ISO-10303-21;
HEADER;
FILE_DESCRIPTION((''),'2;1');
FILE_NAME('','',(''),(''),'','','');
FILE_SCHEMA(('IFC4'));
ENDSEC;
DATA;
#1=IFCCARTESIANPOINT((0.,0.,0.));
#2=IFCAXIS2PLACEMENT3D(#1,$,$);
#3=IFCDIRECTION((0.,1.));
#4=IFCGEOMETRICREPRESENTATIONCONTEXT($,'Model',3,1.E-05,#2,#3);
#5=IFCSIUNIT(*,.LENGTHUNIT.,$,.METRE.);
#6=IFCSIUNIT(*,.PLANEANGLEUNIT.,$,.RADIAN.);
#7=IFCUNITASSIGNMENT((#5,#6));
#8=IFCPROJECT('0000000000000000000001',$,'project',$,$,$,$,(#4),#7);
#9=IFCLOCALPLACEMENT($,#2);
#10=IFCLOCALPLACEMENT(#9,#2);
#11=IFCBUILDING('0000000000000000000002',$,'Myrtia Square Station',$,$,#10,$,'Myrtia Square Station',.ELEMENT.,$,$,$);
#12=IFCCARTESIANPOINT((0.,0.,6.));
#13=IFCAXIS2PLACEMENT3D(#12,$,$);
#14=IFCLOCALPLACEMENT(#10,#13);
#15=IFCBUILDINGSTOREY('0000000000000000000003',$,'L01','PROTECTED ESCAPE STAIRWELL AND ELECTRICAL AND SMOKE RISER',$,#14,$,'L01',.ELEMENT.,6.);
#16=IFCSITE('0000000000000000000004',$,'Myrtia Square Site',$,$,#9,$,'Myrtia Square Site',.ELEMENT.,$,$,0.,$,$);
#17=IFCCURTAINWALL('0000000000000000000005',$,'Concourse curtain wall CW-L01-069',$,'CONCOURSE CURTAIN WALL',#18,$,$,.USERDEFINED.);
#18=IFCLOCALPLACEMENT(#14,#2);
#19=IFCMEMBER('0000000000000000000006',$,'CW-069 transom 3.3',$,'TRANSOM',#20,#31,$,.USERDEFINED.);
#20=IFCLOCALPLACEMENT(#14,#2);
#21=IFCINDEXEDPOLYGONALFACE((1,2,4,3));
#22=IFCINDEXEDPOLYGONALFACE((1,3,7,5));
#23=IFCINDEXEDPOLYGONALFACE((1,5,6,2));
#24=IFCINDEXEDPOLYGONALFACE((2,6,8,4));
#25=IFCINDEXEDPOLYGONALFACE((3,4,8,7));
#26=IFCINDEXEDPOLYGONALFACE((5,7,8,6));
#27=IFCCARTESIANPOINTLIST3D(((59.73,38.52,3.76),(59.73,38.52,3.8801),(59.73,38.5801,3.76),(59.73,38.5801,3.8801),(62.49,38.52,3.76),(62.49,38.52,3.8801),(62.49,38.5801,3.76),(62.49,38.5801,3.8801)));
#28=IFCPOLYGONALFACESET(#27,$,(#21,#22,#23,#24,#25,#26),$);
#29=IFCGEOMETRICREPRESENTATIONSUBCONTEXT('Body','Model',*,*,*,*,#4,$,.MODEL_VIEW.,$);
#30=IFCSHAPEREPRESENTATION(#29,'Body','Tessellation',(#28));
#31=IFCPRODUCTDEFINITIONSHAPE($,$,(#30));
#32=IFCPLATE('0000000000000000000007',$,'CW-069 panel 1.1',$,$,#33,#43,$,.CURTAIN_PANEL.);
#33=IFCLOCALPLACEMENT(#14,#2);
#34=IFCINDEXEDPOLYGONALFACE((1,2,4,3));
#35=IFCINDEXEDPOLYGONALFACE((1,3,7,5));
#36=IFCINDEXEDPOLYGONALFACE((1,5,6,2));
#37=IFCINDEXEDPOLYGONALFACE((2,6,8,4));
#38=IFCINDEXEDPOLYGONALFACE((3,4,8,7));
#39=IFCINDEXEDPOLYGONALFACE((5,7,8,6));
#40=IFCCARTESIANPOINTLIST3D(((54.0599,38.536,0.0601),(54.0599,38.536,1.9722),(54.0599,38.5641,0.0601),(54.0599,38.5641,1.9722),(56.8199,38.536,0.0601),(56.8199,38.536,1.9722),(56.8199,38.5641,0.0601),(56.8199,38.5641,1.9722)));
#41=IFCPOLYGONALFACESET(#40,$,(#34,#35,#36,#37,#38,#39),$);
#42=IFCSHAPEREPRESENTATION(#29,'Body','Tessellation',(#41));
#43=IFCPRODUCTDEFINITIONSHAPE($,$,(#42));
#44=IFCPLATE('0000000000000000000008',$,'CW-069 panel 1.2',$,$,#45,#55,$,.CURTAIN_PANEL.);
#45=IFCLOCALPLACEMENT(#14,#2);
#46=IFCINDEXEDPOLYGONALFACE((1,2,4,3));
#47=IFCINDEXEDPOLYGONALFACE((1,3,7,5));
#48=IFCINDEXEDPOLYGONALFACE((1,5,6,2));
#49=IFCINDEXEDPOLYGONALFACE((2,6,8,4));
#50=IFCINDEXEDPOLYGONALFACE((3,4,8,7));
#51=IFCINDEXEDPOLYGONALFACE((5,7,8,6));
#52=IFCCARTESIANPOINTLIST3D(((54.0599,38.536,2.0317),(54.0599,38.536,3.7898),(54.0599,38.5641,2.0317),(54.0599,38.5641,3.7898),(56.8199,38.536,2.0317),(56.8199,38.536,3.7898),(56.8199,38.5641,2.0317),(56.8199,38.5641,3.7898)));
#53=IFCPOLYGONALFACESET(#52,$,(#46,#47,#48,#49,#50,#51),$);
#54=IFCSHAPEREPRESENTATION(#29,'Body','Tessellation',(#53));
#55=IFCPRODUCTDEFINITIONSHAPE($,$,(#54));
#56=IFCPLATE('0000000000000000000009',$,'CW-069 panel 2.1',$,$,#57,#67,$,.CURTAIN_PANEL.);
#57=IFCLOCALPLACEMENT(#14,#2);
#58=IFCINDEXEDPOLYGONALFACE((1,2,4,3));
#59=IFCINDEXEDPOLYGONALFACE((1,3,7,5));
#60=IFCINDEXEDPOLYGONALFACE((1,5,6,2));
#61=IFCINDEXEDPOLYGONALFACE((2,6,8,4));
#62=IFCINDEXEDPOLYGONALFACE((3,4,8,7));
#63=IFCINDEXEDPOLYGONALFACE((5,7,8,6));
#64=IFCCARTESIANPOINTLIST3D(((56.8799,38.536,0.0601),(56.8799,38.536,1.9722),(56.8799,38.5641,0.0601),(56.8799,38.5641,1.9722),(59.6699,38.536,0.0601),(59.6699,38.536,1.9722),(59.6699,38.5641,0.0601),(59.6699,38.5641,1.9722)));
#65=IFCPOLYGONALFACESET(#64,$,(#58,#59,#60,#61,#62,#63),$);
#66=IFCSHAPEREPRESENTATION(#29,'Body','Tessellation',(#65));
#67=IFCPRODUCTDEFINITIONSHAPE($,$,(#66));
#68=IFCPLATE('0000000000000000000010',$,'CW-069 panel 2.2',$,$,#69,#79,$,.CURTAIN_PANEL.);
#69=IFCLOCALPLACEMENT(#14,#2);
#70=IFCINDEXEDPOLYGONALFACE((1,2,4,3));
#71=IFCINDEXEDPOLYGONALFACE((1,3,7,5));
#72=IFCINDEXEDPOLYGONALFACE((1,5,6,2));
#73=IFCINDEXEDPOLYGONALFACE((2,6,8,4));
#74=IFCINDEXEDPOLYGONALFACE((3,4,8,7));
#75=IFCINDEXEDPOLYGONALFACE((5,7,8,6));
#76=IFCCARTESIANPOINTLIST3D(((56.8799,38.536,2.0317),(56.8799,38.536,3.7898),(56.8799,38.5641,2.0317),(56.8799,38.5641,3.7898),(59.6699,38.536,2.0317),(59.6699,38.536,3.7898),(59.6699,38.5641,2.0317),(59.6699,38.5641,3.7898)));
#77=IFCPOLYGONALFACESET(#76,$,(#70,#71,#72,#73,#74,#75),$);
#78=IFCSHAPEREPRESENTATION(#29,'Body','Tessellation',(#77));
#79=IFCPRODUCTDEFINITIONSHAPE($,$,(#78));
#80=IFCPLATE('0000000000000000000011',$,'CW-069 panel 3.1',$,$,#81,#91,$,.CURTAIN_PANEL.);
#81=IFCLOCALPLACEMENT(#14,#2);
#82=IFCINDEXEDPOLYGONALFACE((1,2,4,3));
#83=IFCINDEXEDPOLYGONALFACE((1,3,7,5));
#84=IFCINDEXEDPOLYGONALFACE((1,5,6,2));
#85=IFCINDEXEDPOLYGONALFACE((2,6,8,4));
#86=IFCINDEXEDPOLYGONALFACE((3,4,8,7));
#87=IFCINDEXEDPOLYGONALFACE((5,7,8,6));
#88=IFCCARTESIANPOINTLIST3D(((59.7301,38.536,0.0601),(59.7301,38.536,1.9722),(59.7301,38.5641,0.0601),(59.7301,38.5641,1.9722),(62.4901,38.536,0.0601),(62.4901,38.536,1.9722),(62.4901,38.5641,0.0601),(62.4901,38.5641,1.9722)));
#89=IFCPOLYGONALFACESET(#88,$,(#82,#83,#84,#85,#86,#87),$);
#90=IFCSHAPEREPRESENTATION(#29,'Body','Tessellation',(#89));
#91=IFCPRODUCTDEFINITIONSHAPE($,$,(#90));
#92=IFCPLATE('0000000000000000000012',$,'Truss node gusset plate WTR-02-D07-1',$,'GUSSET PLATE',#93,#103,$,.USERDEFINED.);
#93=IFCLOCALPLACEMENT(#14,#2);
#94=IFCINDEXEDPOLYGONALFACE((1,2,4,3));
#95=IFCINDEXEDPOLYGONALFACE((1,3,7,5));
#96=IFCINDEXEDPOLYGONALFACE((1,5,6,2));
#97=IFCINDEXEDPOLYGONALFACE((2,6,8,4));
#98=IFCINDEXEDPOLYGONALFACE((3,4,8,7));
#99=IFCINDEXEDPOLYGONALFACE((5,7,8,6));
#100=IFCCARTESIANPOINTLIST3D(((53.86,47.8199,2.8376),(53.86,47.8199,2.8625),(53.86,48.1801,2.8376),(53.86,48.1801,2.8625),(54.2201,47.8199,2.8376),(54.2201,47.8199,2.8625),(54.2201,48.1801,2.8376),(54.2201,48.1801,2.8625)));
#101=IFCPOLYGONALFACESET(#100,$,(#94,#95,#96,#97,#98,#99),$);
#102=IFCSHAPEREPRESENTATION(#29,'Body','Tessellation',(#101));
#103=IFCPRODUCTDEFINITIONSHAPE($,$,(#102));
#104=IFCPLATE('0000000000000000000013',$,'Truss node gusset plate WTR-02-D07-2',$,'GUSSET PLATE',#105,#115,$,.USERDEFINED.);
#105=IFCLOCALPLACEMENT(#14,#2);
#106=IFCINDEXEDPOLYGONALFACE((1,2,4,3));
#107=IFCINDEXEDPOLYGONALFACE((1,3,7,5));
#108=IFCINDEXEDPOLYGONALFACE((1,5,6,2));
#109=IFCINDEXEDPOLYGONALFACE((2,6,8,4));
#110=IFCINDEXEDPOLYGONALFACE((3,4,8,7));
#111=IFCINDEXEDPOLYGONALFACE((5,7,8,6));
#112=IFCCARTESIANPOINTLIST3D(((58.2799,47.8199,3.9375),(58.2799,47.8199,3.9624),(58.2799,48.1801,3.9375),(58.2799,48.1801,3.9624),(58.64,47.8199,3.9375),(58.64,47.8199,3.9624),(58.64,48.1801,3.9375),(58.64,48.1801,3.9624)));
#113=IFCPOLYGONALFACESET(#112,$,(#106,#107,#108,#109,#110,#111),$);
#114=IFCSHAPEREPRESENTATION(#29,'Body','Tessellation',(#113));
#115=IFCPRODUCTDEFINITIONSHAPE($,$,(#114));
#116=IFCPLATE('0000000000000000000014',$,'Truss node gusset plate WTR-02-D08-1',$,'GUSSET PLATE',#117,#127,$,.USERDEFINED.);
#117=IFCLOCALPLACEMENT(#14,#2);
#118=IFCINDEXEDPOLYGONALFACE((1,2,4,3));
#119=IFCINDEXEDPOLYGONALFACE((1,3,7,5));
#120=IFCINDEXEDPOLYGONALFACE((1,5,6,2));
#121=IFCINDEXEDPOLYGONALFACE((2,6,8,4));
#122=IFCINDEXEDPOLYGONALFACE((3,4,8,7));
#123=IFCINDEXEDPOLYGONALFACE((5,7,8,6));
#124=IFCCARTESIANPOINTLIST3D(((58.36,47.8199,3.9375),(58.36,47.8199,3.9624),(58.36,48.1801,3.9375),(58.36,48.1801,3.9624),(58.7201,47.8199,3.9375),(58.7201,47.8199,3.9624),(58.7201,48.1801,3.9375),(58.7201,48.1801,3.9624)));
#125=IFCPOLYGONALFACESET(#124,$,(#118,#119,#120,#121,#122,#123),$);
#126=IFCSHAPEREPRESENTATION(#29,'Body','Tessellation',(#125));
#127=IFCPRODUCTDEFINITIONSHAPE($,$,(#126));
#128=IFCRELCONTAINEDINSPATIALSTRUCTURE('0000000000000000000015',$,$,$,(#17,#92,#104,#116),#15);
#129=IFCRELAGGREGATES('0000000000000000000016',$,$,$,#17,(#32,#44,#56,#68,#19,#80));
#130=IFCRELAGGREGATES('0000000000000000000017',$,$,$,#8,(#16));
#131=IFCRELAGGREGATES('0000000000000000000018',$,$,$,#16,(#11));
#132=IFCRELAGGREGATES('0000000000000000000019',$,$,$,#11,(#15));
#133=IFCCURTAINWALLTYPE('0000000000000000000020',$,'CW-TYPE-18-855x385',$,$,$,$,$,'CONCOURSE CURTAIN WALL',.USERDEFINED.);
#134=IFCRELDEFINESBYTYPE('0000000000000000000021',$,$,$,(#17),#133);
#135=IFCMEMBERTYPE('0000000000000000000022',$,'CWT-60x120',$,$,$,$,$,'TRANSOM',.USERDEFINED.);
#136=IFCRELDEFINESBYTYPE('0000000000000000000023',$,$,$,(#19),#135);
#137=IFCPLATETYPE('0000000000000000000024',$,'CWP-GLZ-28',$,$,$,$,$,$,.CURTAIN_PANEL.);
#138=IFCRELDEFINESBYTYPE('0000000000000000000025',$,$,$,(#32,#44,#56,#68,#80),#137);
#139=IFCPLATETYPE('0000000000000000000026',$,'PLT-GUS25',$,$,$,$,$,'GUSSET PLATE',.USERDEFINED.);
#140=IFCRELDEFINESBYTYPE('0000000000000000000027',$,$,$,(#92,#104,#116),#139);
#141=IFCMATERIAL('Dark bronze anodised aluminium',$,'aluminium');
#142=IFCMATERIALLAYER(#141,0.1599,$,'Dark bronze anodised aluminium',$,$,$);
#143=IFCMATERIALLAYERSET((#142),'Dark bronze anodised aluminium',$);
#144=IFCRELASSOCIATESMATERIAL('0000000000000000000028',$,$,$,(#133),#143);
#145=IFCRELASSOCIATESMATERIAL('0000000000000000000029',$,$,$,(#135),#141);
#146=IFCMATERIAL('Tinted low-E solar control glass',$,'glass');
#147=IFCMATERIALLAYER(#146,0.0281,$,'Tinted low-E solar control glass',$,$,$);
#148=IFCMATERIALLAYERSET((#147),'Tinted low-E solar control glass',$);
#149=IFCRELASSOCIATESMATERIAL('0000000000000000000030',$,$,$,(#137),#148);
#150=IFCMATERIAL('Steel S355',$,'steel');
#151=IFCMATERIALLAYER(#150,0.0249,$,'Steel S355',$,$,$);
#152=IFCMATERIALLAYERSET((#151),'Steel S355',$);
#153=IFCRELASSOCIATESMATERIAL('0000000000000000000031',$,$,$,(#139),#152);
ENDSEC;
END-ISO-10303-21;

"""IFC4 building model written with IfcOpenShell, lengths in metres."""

from ifc_helpers import new_model, si_unit, direction, frame, origin, origin_2d, place, context, subcontext, project, spatial, rectangle, extrude, material, layer, layer_set, material_profile, profile_set, type_object, element, aggregate, save


model = new_model("IFC4")

# Units and contexts
model_context = context("Model", 3, precision=1e-05, world=origin(), true_north=direction((0.0, 1.0)))
body_context = subcontext(model_context, "Body", "Model", "MODEL_VIEW")
ifc_project = project(units=[si_unit("LENGTHUNIT", "METRE"), si_unit("PLANEANGLEUNIT", "RADIAN")], contexts=[model_context])

# Site, building, storey
site_placement = place(None, origin())
site = spatial("IfcSite", under=ifc_project, at=site_placement, Name="Myrtia Square Site", LongName="Myrtia Square Site", CompositionType="ELEMENT", RefElevation=0.0)
building_placement = place(site_placement, origin())
building = spatial("IfcBuilding", under=site, at=building_placement, Name="Myrtia Square Station", LongName="Myrtia Square Station", CompositionType="ELEMENT")
storey_placement = place(building_placement, frame((0.0, 0.0, 6.0)))
storey = spatial("IfcBuildingStorey", under=building, at=storey_placement, Name="L01", Description="PROTECTED ESCAPE STAIRWELL AND ELECTRICAL AND SMOKE RISER", LongName="L01", CompositionType="ELEMENT", Elevation=6.0)

# Shared definitions
ifc_material_1 = material(Name="Steel S355", Category="steel")

# Curtain wall, member, plates
ifc_material_2 = material(Name="Dark bronze anodised aluminium", Category="aluminium")
ifc_layer_1 = layer(ifc_material_2, 0.1599, Name="Dark bronze anodised aluminium")
ifc_layer_set_1 = layer_set([ifc_layer_1], Name="Dark bronze anodised aluminium")
curtain_wall_type = type_object("IfcCurtainWallType", Name="CW-TYPE-18-855x385", ElementType="CONCOURSE CURTAIN WALL", PredefinedType="USERDEFINED", material=ifc_layer_set_1)
curtain_wall_placement = place(storey_placement, origin())
curtain_wall = element("IfcCurtainWall", 1, at=curtain_wall_placement, inside=storey, type_object=curtain_wall_type, Name="Concourse curtain wall CW-L01-069", ObjectType="CONCOURSE CURTAIN WALL", PredefinedType="USERDEFINED")
ifc_material_profile_1 = material_profile(ifc_material_2, rectangle(XDim=0.0601, YDim=0.1201, at=origin_2d()), Name="ALU-T 60x120")
ifc_profile_set_1 = profile_set([ifc_material_profile_1], Name="Dark bronze anodised aluminium")
member_type_1 = type_object("IfcMemberType", Name="CWT-60x120", ElementType="TRANSOM", PredefinedType="USERDEFINED", material=ifc_profile_set_1)
member_1_placement = place(storey_placement, frame((59.73, 38.55, 3.8201), z_axis=(1.0, 0.0, 0.0), x_axis=(0.0, 1.0, 0.0)))
member_1 = element("IfcMember", 2, at=member_1_placement, type_object=member_type_1, Name="CW-069 transom 3.3", ObjectType="TRANSOM", PredefinedType="USERDEFINED", context=body_context, shape_type="SweptSolid", body=[
    extrude(rectangle(XDim=0.0601, YDim=0.1201, at=origin_2d()), origin(), (0.0, 0.0, 1.0), 2.76),
])
ifc_material_3 = material(Name="Tinted low-E solar control glass", Category="glass")
ifc_layer_2 = layer(ifc_material_3, 0.0281, Name="Tinted low-E solar control glass")
ifc_layer_set_2 = layer_set([ifc_layer_2], Name="Tinted low-E solar control glass")
plate_type_1 = type_object("IfcPlateType", Name="CWP-GLZ-28", PredefinedType="CURTAIN_PANEL", material=ifc_layer_set_2)
plate_1_placement = place(storey_placement, frame((55.4399, 38.55, 0.0601), z_axis=(0.0, 0.0, 1.0), x_axis=(1.0, 0.0, 0.0)))
plate_1 = element("IfcPlate", 3, at=plate_1_placement, type_object=plate_type_1, Name="CW-069 panel 1.1", PredefinedType="CURTAIN_PANEL", context=body_context, shape_type="SweptSolid", body=[
    extrude(rectangle(XDim=2.76, YDim=0.0281, at=origin_2d()), origin(), (0.0, 0.0, 1.0), 1.9121),
])
plate_2_placement = place(storey_placement, frame((55.4399, 38.55, 2.0317), z_axis=(0.0, 0.0, 1.0), x_axis=(1.0, 0.0, 0.0)))
plate_2 = element("IfcPlate", 4, at=plate_2_placement, type_object=plate_type_1, Name="CW-069 panel 1.2", PredefinedType="CURTAIN_PANEL", context=body_context, shape_type="SweptSolid", body=[
    extrude(rectangle(XDim=2.76, YDim=0.0281, at=origin_2d()), origin(), (0.0, 0.0, 1.0), 1.7581),
])
plate_3_placement = place(storey_placement, frame((58.2749, 38.55, 0.0601), z_axis=(0.0, 0.0, 1.0), x_axis=(1.0, 0.0, 0.0)))
plate_3 = element("IfcPlate", 5, at=plate_3_placement, type_object=plate_type_1, Name="CW-069 panel 2.1", PredefinedType="CURTAIN_PANEL", context=body_context, shape_type="SweptSolid", body=[
    extrude(rectangle(XDim=2.79, YDim=0.0281, at=origin_2d()), origin(), (0.0, 0.0, 1.0), 1.9121),
])
plate_4_placement = place(storey_placement, frame((58.2749, 38.55, 2.0317), z_axis=(0.0, 0.0, 1.0), x_axis=(1.0, 0.0, 0.0)))
plate_4 = element("IfcPlate", 6, at=plate_4_placement, type_object=plate_type_1, Name="CW-069 panel 2.2", PredefinedType="CURTAIN_PANEL", context=body_context, shape_type="SweptSolid", body=[
    extrude(rectangle(XDim=2.79, YDim=0.0281, at=origin_2d()), origin(), (0.0, 0.0, 1.0), 1.7581),
])
plate_5_placement = place(storey_placement, frame((61.1101, 38.55, 0.0601), z_axis=(0.0, 0.0, 1.0), x_axis=(1.0, 0.0, 0.0)))
plate_5 = element("IfcPlate", 7, at=plate_5_placement, type_object=plate_type_1, Name="CW-069 panel 3.1", PredefinedType="CURTAIN_PANEL", context=body_context, shape_type="SweptSolid", body=[
    extrude(rectangle(XDim=2.76, YDim=0.0281, at=origin_2d()), origin(), (0.0, 0.0, 1.0), 1.9121),
])
aggregate(curtain_wall, [plate_1, plate_2, plate_3, plate_4, member_1, plate_5])

# Plates
ifc_layer_3 = layer(ifc_material_1, 0.0249, Name="Steel S355")
ifc_layer_set_3 = layer_set([ifc_layer_3], Name="Steel S355")
plate_type_2 = type_object("IfcPlateType", Name="PLT-GUS25", ElementType="GUSSET PLATE", PredefinedType="USERDEFINED", material=ifc_layer_set_3)
for number, where, z_axis, x_axis, name in (
    (8, (54.04, 48.0, 2.8376), (0.0, 0.0, 1.0), (1.0, 0.0, 0.0), "Truss node gusset plate WTR-02-D07-1"),
    (9, (58.46, 48.0, 3.9375), (0.0, 0.0, 1.0), (1.0, 0.0, 0.0), "Truss node gusset plate WTR-02-D07-2"),
    (10, (58.54, 48.0, 3.9375), (0.0, 0.0, 1.0), (1.0, 0.0, 0.0), "Truss node gusset plate WTR-02-D08-1"),
):
    element("IfcPlate", number, at=place(storey_placement, frame(where, z_axis=z_axis, x_axis=x_axis)), inside=storey, type_object=plate_type_2, Name=name, ObjectType="GUSSET PLATE", PredefinedType="USERDEFINED", context=body_context, shape_type="SweptSolid", body=[
        extrude(rectangle(XDim=0.3601, YDim=0.3601, at=origin_2d()), origin(), (0.0, 0.0, 1.0), 0.0249),
    ])

save(model, "model.ifc")
